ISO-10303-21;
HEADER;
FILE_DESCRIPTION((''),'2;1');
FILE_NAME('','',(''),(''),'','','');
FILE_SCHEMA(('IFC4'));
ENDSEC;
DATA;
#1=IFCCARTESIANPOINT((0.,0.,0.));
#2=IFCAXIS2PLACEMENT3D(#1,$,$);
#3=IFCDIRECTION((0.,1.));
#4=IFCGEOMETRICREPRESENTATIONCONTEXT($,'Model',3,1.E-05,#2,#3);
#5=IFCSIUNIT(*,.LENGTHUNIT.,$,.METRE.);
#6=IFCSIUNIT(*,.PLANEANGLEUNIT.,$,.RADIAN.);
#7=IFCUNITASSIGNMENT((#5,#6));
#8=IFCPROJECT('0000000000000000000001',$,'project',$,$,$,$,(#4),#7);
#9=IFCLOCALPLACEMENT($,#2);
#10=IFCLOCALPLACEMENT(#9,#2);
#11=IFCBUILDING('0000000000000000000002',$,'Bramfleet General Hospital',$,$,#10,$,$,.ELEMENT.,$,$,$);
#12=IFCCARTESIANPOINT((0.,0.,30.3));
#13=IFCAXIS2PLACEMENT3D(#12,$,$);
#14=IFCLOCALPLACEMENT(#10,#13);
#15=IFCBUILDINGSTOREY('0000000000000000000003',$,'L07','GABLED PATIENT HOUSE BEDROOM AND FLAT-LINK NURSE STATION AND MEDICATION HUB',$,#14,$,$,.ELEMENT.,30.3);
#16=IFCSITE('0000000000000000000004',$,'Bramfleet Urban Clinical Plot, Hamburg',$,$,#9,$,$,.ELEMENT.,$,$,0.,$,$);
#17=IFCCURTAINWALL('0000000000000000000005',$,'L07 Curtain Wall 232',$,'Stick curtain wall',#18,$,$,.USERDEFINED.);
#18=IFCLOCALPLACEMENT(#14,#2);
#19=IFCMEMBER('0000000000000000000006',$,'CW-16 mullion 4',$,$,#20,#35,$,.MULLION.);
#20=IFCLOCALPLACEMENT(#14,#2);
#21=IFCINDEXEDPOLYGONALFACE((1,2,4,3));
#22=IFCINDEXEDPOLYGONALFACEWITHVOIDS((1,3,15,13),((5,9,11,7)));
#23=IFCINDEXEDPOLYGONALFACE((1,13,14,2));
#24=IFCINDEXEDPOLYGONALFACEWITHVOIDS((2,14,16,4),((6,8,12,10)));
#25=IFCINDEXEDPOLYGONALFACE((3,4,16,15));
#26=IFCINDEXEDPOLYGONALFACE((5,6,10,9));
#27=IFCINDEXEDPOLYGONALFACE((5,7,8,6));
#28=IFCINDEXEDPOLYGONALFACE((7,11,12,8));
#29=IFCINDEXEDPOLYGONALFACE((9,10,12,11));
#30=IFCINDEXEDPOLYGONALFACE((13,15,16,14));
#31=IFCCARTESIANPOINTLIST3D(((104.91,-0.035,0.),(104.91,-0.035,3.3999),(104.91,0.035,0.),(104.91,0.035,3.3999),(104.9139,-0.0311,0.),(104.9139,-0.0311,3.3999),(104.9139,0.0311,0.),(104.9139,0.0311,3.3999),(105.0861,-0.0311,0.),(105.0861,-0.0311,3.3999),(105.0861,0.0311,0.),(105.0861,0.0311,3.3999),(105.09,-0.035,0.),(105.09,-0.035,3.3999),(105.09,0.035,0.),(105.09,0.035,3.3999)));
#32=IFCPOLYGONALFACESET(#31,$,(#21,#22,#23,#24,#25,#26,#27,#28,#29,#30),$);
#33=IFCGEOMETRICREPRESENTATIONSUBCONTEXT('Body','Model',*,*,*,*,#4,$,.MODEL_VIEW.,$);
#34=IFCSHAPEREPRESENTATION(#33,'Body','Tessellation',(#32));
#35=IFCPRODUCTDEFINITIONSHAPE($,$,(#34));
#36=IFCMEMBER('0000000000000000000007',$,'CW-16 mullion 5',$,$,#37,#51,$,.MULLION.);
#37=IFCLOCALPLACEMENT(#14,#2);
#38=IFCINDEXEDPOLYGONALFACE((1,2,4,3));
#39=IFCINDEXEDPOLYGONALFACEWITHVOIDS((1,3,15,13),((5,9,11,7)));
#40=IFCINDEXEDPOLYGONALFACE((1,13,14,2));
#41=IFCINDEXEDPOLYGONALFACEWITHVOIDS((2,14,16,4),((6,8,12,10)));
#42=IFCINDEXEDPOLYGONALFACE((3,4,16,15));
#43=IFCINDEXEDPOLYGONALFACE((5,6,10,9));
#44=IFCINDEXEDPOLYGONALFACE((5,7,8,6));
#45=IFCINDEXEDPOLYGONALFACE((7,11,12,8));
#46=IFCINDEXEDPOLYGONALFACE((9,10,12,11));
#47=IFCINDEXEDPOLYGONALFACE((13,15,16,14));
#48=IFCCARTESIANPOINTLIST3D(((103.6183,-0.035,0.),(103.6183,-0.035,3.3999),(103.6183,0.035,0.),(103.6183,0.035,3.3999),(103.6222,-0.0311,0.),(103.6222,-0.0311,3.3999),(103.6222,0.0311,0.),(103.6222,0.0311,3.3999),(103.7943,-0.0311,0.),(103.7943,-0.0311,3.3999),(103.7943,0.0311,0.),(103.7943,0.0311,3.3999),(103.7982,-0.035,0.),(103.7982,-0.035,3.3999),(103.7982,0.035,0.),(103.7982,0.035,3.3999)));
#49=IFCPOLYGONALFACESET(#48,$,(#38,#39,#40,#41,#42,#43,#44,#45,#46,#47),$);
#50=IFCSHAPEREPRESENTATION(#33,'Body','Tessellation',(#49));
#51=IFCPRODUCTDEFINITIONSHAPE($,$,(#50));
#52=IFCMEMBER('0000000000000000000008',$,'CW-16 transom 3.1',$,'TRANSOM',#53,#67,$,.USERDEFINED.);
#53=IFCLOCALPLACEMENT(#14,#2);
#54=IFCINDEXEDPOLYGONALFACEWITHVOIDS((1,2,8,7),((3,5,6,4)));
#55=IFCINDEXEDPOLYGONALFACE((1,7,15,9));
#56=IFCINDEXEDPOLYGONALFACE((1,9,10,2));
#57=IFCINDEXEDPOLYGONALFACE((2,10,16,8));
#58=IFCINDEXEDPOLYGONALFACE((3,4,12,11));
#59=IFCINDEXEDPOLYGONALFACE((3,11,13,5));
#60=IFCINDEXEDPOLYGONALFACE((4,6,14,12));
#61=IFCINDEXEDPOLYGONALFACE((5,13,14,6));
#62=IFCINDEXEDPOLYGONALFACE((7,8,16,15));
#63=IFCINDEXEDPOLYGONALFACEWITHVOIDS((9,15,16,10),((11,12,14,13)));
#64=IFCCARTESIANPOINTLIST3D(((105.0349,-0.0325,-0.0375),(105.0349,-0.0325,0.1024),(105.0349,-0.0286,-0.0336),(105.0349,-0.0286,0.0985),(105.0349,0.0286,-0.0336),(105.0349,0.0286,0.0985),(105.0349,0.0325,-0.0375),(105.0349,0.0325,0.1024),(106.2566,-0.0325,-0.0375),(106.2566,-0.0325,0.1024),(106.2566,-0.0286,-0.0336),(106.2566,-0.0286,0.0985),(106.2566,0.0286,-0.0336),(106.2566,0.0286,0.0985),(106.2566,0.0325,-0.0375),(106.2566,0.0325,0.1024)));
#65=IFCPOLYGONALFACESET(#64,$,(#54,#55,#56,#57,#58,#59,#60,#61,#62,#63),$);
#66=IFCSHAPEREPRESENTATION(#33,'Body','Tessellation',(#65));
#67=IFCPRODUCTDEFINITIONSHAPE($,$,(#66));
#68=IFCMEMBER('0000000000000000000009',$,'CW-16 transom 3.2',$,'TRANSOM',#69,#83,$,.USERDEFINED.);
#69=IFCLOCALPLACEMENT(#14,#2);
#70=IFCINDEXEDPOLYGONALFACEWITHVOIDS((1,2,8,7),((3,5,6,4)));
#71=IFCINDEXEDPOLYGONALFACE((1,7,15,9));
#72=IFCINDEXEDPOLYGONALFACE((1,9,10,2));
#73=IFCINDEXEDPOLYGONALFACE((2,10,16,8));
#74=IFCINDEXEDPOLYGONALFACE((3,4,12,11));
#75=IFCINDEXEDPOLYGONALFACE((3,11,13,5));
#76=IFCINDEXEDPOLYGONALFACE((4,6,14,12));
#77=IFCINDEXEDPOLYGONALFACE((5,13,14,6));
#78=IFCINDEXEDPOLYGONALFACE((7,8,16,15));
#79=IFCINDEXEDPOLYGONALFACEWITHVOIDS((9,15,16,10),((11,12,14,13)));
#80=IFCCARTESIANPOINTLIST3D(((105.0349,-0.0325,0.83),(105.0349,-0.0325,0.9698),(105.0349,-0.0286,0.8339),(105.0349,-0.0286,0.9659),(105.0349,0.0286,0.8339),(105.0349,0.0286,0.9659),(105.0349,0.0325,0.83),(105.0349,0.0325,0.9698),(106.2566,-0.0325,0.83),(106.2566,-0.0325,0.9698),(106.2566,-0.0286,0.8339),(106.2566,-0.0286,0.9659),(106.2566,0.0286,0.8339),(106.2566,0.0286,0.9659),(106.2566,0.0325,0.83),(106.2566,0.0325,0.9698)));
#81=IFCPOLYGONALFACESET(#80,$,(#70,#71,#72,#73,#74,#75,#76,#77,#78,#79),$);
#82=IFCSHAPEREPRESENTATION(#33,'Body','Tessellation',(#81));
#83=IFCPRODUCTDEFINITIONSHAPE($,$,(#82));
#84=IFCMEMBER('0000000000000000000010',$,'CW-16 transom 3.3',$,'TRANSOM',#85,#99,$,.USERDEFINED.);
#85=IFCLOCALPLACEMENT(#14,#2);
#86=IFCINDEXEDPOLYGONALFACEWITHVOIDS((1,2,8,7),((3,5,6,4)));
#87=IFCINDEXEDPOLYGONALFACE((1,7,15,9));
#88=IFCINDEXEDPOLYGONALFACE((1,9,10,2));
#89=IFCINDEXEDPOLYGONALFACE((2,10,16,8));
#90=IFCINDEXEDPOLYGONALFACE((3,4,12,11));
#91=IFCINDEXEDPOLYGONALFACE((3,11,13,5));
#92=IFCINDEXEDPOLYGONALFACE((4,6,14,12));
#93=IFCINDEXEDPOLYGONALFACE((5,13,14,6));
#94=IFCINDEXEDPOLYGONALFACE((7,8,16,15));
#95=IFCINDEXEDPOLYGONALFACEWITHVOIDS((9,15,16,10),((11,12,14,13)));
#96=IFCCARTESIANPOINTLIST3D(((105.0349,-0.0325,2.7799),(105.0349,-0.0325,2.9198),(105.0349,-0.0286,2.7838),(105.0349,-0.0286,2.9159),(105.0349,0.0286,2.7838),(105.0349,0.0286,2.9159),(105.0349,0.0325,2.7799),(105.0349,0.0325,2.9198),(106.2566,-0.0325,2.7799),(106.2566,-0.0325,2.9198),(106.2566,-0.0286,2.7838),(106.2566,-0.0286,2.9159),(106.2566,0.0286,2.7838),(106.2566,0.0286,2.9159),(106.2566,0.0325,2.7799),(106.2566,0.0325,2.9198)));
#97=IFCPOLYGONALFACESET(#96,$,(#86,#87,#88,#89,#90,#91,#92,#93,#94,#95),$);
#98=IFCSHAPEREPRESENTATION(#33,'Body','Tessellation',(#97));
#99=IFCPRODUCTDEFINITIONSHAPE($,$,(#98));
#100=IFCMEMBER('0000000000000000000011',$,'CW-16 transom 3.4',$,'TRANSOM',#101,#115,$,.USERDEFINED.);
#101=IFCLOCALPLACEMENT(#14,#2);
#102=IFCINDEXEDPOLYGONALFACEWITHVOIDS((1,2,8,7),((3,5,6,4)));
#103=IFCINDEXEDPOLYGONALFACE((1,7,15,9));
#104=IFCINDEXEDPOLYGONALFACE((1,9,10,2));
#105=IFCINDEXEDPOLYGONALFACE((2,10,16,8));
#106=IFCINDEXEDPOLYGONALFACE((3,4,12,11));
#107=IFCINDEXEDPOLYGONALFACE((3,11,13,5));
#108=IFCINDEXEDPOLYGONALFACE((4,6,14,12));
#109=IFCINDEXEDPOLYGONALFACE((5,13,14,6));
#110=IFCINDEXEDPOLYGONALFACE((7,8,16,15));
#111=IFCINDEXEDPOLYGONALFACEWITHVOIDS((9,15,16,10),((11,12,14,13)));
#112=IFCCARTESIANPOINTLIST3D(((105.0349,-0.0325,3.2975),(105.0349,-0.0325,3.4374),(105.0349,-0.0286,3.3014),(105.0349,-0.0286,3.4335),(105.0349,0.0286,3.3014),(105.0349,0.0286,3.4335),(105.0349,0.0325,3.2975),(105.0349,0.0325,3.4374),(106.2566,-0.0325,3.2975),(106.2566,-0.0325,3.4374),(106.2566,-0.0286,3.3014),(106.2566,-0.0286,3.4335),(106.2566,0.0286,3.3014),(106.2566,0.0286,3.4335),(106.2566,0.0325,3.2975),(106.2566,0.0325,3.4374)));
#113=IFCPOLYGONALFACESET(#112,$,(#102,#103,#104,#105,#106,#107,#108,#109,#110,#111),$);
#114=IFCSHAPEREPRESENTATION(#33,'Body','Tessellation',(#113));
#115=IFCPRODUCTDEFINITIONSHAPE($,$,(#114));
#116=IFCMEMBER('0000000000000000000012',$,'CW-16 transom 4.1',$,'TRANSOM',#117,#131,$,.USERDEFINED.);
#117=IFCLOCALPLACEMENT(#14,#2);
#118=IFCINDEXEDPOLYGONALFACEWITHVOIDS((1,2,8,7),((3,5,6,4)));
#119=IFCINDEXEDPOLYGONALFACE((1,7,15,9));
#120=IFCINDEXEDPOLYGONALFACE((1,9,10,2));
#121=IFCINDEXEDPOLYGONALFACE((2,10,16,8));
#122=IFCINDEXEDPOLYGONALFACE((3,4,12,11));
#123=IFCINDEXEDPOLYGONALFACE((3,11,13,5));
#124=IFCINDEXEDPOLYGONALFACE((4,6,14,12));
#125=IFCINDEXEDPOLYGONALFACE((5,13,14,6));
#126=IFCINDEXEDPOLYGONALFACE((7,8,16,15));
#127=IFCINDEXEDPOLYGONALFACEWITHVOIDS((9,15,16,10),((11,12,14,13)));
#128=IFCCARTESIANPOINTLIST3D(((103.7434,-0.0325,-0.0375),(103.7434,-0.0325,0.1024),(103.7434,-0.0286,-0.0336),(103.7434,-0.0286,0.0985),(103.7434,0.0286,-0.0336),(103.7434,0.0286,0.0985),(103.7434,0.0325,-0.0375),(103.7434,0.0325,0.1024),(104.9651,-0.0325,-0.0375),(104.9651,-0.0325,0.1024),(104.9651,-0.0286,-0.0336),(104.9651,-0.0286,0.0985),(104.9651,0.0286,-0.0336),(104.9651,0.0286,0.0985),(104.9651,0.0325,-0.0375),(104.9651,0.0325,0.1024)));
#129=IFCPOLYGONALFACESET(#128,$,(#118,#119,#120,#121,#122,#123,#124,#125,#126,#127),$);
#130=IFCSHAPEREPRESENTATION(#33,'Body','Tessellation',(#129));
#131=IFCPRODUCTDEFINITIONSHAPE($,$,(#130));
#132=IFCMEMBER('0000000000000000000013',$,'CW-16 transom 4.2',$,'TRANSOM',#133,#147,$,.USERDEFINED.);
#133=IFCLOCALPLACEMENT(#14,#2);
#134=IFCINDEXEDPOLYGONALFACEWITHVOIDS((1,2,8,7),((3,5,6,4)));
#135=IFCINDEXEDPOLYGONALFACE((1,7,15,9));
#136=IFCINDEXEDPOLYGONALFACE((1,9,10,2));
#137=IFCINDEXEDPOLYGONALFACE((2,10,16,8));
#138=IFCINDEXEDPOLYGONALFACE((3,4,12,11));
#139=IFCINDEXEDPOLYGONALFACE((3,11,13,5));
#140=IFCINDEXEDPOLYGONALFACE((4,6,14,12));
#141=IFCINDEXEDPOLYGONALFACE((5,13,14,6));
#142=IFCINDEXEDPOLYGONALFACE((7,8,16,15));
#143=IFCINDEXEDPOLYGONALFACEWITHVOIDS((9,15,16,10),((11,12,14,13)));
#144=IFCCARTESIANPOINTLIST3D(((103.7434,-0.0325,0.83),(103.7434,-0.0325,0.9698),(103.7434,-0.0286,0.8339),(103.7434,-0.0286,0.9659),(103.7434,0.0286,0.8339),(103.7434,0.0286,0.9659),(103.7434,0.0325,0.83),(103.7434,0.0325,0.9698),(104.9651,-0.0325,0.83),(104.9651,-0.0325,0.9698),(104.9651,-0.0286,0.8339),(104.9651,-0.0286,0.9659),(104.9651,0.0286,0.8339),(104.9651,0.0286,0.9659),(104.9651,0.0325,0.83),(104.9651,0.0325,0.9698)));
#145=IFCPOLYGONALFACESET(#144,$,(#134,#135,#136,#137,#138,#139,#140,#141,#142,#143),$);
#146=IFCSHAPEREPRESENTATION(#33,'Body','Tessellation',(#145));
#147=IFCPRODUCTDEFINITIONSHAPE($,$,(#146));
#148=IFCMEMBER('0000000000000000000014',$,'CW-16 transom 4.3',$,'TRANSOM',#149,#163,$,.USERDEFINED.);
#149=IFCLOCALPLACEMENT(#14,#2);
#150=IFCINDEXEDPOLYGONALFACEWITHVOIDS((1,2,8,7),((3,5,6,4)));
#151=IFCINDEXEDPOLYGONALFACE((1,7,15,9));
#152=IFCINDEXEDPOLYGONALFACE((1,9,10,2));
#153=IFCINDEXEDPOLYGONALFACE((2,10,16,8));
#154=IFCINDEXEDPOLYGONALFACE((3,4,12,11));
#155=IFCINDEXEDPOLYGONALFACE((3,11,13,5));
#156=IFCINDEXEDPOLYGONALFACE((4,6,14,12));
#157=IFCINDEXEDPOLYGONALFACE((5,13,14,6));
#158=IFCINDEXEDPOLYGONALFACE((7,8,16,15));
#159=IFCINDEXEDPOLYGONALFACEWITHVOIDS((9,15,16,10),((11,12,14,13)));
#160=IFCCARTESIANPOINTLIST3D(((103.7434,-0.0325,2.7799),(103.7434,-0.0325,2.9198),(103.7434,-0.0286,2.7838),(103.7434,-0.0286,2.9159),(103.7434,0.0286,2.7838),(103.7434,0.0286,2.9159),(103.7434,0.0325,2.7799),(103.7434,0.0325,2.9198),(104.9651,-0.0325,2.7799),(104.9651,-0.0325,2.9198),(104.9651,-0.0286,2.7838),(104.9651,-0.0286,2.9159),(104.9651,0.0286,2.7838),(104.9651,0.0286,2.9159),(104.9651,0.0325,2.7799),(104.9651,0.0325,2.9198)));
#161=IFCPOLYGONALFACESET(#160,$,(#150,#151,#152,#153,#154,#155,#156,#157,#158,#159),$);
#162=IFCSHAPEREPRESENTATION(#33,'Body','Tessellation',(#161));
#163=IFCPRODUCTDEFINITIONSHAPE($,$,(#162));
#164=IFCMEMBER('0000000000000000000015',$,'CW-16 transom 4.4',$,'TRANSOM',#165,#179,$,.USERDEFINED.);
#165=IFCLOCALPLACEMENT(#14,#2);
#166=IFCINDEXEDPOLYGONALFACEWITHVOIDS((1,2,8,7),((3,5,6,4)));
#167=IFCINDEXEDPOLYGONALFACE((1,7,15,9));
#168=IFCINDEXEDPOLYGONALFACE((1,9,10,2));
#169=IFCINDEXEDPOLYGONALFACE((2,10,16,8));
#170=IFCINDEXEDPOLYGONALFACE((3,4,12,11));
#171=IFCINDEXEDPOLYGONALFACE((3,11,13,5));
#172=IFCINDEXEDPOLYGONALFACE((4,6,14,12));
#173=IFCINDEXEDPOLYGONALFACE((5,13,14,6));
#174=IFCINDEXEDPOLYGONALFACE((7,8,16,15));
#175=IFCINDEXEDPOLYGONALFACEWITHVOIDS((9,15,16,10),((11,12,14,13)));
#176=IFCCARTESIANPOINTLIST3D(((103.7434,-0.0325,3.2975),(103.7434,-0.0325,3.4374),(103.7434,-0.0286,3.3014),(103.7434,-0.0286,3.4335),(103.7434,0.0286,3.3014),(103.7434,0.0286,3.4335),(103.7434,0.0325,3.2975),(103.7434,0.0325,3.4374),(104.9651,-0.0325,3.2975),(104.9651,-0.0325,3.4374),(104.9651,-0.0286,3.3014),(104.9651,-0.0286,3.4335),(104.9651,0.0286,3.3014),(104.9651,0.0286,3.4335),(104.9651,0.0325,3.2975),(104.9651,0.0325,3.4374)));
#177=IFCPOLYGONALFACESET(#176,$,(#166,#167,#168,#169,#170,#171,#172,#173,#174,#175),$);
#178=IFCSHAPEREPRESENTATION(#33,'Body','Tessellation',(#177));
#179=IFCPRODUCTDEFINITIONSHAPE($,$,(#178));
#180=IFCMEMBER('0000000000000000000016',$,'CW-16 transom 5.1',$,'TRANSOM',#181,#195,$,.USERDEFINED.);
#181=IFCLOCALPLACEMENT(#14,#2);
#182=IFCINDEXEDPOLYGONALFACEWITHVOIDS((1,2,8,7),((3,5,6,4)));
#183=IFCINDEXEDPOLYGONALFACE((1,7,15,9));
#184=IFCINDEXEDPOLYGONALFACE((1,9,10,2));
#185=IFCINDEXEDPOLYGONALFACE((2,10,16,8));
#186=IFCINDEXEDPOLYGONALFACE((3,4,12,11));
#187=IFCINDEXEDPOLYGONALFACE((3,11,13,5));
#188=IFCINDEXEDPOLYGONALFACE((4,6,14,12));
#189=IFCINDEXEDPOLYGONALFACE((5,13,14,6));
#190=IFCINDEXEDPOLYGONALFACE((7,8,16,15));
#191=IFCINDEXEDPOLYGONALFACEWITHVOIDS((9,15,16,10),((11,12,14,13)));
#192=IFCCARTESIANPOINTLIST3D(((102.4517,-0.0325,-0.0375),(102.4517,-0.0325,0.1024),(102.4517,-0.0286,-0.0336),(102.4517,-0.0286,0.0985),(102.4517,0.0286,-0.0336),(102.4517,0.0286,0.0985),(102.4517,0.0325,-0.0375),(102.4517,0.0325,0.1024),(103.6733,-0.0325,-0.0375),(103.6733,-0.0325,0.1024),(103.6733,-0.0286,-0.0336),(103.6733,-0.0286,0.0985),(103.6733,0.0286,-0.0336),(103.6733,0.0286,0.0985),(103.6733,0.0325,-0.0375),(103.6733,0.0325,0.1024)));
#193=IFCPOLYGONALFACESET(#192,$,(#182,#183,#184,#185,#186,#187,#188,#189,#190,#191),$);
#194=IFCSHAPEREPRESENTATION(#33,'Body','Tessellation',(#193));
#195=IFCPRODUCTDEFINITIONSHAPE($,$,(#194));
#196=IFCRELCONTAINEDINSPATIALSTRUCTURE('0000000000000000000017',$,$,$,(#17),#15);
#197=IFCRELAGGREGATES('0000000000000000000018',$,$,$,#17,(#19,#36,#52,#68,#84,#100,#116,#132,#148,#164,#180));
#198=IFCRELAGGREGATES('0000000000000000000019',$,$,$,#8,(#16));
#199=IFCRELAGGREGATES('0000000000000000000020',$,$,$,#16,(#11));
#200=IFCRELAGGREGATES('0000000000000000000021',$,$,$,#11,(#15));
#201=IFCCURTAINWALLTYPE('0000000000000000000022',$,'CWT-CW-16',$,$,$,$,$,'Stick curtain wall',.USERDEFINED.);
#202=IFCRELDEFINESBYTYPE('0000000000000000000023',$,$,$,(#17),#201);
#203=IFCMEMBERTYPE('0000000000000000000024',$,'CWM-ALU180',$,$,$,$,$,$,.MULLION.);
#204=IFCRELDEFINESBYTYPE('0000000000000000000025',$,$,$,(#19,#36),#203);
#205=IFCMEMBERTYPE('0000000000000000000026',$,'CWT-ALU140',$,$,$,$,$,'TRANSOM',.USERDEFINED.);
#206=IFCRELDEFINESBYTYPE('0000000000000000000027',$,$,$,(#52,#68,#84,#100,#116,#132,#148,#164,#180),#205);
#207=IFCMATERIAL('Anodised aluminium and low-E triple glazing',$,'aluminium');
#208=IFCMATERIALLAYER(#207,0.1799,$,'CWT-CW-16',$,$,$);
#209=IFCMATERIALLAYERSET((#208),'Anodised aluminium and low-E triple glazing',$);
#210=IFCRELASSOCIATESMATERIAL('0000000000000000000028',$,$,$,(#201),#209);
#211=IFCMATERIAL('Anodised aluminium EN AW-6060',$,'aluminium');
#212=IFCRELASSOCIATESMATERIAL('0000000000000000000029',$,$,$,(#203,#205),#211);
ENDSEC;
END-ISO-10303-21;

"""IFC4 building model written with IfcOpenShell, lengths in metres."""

from ifc_helpers import new_model, si_unit, direction, frame, origin, origin_2d, place, context, subcontext, project, spatial, hollow_rectangle, extrude, material, layer, layer_set, material_profile, profile_set, type_object, element, aggregate, save


model = new_model("IFC4")

# Units and contexts
model_context = context("Model", 3, precision=1e-05, world=origin(), true_north=direction((0.0, 1.0)))
body_context = subcontext(model_context, "Body", "Model", "MODEL_VIEW")
ifc_project = project(units=[si_unit("LENGTHUNIT", "METRE"), si_unit("PLANEANGLEUNIT", "RADIAN")], contexts=[model_context])

# Site, building, storey
site_placement = place(None, origin())
site = spatial("IfcSite", under=ifc_project, at=site_placement, Name="Bramfleet Urban Clinical Plot, Hamburg", CompositionType="ELEMENT", RefElevation=0.0)
building_placement = place(site_placement, origin())
building = spatial("IfcBuilding", under=site, at=building_placement, Name="Bramfleet General Hospital", CompositionType="ELEMENT")
storey_placement = place(building_placement, frame((0.0, 0.0, 30.3)))
storey = spatial("IfcBuildingStorey", under=building, at=storey_placement, Name="L07", Description="GABLED PATIENT HOUSE BEDROOM AND FLAT-LINK NURSE STATION AND MEDICATION HUB", CompositionType="ELEMENT", Elevation=30.3)

# Curtain wall, members
ifc_material_1 = material(Name="Anodised aluminium and low-E triple glazing", Category="aluminium")
ifc_layer_1 = layer(ifc_material_1, 0.1799, Name="CWT-CW-16")
ifc_layer_set_1 = layer_set([ifc_layer_1], Name="Anodised aluminium and low-E triple glazing")
curtain_wall_type = type_object("IfcCurtainWallType", Name="CWT-CW-16", ElementType="Stick curtain wall", PredefinedType="USERDEFINED", material=ifc_layer_set_1)
curtain_wall_placement = place(storey_placement, origin())
curtain_wall = element("IfcCurtainWall", 1, at=curtain_wall_placement, inside=storey, type_object=curtain_wall_type, Name="L07 Curtain Wall 232", ObjectType="Stick curtain wall", PredefinedType="USERDEFINED")
ifc_material_2 = material(Name="Anodised aluminium EN AW-6060", Category="aluminium")
ifc_material_profile_1 = material_profile(ifc_material_2, hollow_rectangle(XDim=0.0701, YDim=0.1799, WallThickness=0.0039, at=origin_2d()), Name="ALU 180x70x4.0")
ifc_profile_set_1 = profile_set([ifc_material_profile_1], Name="Anodised aluminium EN AW-6060")
member_type_1 = type_object("IfcMemberType", Name="CWM-ALU180", PredefinedType="MULLION", material=ifc_profile_set_1)
member_1_placement = place(storey_placement, frame((105.0, 0.0, 0.0), z_axis=(0.0, 0.0, 1.0), x_axis=(0.0, -1.0, 0.0)))
member_1 = element("IfcMember", 2, at=member_1_placement, type_object=member_type_1, Name="CW-16 mullion 4", PredefinedType="MULLION", context=body_context, shape_type="SweptSolid", body=[
    extrude(hollow_rectangle(XDim=0.0701, YDim=0.1799, WallThickness=0.0039, at=origin_2d()), origin(), (0.0, 0.0, 1.0), 3.3999),
])
member_2_placement = place(storey_placement, frame((103.7083, 0.0, 0.0), z_axis=(0.0, 0.0, 1.0), x_axis=(0.0, -1.0, 0.0)))
member_2 = element("IfcMember", 3, at=member_2_placement, type_object=member_type_1, Name="CW-16 mullion 5", PredefinedType="MULLION", context=body_context, shape_type="SweptSolid", body=[
    extrude(hollow_rectangle(XDim=0.0701, YDim=0.1799, WallThickness=0.0039, at=origin_2d()), origin(), (0.0, 0.0, 1.0), 3.3999),
])
ifc_material_profile_2 = material_profile(ifc_material_2, hollow_rectangle(XDim=0.0649, YDim=0.1399, WallThickness=0.0039, at=origin_2d()), Name="ALU 140x65x4.0")
ifc_profile_set_2 = profile_set([ifc_material_profile_2], Name="Anodised aluminium EN AW-6060")
member_type_2 = type_object("IfcMemberType", Name="CWT-ALU140", ElementType="TRANSOM", PredefinedType="USERDEFINED", material=ifc_profile_set_2)
member_3_placement = place(storey_placement, frame((106.2566, 0.0, 0.0325), z_axis=(-1.0, 0.0, 0.0), x_axis=(0.0, -1.0, 0.0)))
member_3 = element("IfcMember", 4, at=member_3_placement, type_object=member_type_2, Name="CW-16 transom 3.1", ObjectType="TRANSOM", PredefinedType="USERDEFINED", context=body_context, shape_type="SweptSolid", body=[
    extrude(hollow_rectangle(XDim=0.0649, YDim=0.1399, WallThickness=0.0039, at=origin_2d()), origin(), (0.0, 0.0, 1.0), 1.2217),
])
member_4_placement = place(storey_placement, frame((106.2566, 0.0, 0.8999), z_axis=(-1.0, 0.0, 0.0), x_axis=(0.0, -1.0, 0.0)))
member_4 = element("IfcMember", 5, at=member_4_placement, type_object=member_type_2, Name="CW-16 transom 3.2", ObjectType="TRANSOM", PredefinedType="USERDEFINED", context=body_context, shape_type="SweptSolid", body=[
    extrude(hollow_rectangle(XDim=0.0649, YDim=0.1399, WallThickness=0.0039, at=origin_2d()), origin(), (0.0, 0.0, 1.0), 1.2217),
])
member_5_placement = place(storey_placement, frame((106.2566, 0.0, 2.8499), z_axis=(-1.0, 0.0, 0.0), x_axis=(0.0, -1.0, 0.0)))
member_5 = element("IfcMember", 6, at=member_5_placement, type_object=member_type_2, Name="CW-16 transom 3.3", ObjectType="TRANSOM", PredefinedType="USERDEFINED", context=body_context, shape_type="SweptSolid", body=[
    extrude(hollow_rectangle(XDim=0.0649, YDim=0.1399, WallThickness=0.0039, at=origin_2d()), origin(), (0.0, 0.0, 1.0), 1.2217),
])
member_6_placement = place(storey_placement, frame((106.2566, 0.0, 3.3674), z_axis=(-1.0, 0.0, 0.0), x_axis=(0.0, -1.0, 0.0)))
member_6 = element("IfcMember", 7, at=member_6_placement, type_object=member_type_2, Name="CW-16 transom 3.4", ObjectType="TRANSOM", PredefinedType="USERDEFINED", context=body_context, shape_type="SweptSolid", body=[
    extrude(hollow_rectangle(XDim=0.0649, YDim=0.1399, WallThickness=0.0039, at=origin_2d()), origin(), (0.0, 0.0, 1.0), 1.2217),
])
member_7_placement = place(storey_placement, frame((104.9651, 0.0, 0.0325), z_axis=(-1.0, 0.0, 0.0), x_axis=(0.0, -1.0, 0.0)))
member_7 = element("IfcMember", 8, at=member_7_placement, type_object=member_type_2, Name="CW-16 transom 4.1", ObjectType="TRANSOM", PredefinedType="USERDEFINED", context=body_context, shape_type="SweptSolid", body=[
    extrude(hollow_rectangle(XDim=0.0649, YDim=0.1399, WallThickness=0.0039, at=origin_2d()), origin(), (0.0, 0.0, 1.0), 1.2217),
])
member_8_placement = place(storey_placement, frame((104.9651, 0.0, 0.8999), z_axis=(-1.0, 0.0, 0.0), x_axis=(0.0, -1.0, 0.0)))
member_8 = element("IfcMember", 9, at=member_8_placement, type_object=member_type_2, Name="CW-16 transom 4.2", ObjectType="TRANSOM", PredefinedType="USERDEFINED", context=body_context, shape_type="SweptSolid", body=[
    extrude(hollow_rectangle(XDim=0.0649, YDim=0.1399, WallThickness=0.0039, at=origin_2d()), origin(), (0.0, 0.0, 1.0), 1.2217),
])
member_9_placement = place(storey_placement, frame((104.9651, 0.0, 2.8499), z_axis=(-1.0, 0.0, 0.0), x_axis=(0.0, -1.0, 0.0)))
member_9 = element("IfcMember", 10, at=member_9_placement, type_object=member_type_2, Name="CW-16 transom 4.3", ObjectType="TRANSOM", PredefinedType="USERDEFINED", context=body_context, shape_type="SweptSolid", body=[
    extrude(hollow_rectangle(XDim=0.0649, YDim=0.1399, WallThickness=0.0039, at=origin_2d()), origin(), (0.0, 0.0, 1.0), 1.2217),
])
member_10_placement = place(storey_placement, frame((104.9651, 0.0, 3.3674), z_axis=(-1.0, 0.0, 0.0), x_axis=(0.0, -1.0, 0.0)))
member_10 = element("IfcMember", 11, at=member_10_placement, type_object=member_type_2, Name="CW-16 transom 4.4", ObjectType="TRANSOM", PredefinedType="USERDEFINED", context=body_context, shape_type="SweptSolid", body=[
    extrude(hollow_rectangle(XDim=0.0649, YDim=0.1399, WallThickness=0.0039, at=origin_2d()), origin(), (0.0, 0.0, 1.0), 1.2217),
])
member_11_placement = place(storey_placement, frame((103.6733, 0.0, 0.0325), z_axis=(-1.0, 0.0, 0.0), x_axis=(0.0, -1.0, 0.0)))
member_11 = element("IfcMember", 12, at=member_11_placement, type_object=member_type_2, Name="CW-16 transom 5.1", ObjectType="TRANSOM", PredefinedType="USERDEFINED", context=body_context, shape_type="SweptSolid", body=[
    extrude(hollow_rectangle(XDim=0.0649, YDim=0.1399, WallThickness=0.0039, at=origin_2d()), origin(), (0.0, 0.0, 1.0), 1.2217),
])
aggregate(curtain_wall, [member_1, member_2, member_3, member_4, member_5, member_6, member_7, member_8, member_9, member_10, member_11])

save(model, "model.ifc")
